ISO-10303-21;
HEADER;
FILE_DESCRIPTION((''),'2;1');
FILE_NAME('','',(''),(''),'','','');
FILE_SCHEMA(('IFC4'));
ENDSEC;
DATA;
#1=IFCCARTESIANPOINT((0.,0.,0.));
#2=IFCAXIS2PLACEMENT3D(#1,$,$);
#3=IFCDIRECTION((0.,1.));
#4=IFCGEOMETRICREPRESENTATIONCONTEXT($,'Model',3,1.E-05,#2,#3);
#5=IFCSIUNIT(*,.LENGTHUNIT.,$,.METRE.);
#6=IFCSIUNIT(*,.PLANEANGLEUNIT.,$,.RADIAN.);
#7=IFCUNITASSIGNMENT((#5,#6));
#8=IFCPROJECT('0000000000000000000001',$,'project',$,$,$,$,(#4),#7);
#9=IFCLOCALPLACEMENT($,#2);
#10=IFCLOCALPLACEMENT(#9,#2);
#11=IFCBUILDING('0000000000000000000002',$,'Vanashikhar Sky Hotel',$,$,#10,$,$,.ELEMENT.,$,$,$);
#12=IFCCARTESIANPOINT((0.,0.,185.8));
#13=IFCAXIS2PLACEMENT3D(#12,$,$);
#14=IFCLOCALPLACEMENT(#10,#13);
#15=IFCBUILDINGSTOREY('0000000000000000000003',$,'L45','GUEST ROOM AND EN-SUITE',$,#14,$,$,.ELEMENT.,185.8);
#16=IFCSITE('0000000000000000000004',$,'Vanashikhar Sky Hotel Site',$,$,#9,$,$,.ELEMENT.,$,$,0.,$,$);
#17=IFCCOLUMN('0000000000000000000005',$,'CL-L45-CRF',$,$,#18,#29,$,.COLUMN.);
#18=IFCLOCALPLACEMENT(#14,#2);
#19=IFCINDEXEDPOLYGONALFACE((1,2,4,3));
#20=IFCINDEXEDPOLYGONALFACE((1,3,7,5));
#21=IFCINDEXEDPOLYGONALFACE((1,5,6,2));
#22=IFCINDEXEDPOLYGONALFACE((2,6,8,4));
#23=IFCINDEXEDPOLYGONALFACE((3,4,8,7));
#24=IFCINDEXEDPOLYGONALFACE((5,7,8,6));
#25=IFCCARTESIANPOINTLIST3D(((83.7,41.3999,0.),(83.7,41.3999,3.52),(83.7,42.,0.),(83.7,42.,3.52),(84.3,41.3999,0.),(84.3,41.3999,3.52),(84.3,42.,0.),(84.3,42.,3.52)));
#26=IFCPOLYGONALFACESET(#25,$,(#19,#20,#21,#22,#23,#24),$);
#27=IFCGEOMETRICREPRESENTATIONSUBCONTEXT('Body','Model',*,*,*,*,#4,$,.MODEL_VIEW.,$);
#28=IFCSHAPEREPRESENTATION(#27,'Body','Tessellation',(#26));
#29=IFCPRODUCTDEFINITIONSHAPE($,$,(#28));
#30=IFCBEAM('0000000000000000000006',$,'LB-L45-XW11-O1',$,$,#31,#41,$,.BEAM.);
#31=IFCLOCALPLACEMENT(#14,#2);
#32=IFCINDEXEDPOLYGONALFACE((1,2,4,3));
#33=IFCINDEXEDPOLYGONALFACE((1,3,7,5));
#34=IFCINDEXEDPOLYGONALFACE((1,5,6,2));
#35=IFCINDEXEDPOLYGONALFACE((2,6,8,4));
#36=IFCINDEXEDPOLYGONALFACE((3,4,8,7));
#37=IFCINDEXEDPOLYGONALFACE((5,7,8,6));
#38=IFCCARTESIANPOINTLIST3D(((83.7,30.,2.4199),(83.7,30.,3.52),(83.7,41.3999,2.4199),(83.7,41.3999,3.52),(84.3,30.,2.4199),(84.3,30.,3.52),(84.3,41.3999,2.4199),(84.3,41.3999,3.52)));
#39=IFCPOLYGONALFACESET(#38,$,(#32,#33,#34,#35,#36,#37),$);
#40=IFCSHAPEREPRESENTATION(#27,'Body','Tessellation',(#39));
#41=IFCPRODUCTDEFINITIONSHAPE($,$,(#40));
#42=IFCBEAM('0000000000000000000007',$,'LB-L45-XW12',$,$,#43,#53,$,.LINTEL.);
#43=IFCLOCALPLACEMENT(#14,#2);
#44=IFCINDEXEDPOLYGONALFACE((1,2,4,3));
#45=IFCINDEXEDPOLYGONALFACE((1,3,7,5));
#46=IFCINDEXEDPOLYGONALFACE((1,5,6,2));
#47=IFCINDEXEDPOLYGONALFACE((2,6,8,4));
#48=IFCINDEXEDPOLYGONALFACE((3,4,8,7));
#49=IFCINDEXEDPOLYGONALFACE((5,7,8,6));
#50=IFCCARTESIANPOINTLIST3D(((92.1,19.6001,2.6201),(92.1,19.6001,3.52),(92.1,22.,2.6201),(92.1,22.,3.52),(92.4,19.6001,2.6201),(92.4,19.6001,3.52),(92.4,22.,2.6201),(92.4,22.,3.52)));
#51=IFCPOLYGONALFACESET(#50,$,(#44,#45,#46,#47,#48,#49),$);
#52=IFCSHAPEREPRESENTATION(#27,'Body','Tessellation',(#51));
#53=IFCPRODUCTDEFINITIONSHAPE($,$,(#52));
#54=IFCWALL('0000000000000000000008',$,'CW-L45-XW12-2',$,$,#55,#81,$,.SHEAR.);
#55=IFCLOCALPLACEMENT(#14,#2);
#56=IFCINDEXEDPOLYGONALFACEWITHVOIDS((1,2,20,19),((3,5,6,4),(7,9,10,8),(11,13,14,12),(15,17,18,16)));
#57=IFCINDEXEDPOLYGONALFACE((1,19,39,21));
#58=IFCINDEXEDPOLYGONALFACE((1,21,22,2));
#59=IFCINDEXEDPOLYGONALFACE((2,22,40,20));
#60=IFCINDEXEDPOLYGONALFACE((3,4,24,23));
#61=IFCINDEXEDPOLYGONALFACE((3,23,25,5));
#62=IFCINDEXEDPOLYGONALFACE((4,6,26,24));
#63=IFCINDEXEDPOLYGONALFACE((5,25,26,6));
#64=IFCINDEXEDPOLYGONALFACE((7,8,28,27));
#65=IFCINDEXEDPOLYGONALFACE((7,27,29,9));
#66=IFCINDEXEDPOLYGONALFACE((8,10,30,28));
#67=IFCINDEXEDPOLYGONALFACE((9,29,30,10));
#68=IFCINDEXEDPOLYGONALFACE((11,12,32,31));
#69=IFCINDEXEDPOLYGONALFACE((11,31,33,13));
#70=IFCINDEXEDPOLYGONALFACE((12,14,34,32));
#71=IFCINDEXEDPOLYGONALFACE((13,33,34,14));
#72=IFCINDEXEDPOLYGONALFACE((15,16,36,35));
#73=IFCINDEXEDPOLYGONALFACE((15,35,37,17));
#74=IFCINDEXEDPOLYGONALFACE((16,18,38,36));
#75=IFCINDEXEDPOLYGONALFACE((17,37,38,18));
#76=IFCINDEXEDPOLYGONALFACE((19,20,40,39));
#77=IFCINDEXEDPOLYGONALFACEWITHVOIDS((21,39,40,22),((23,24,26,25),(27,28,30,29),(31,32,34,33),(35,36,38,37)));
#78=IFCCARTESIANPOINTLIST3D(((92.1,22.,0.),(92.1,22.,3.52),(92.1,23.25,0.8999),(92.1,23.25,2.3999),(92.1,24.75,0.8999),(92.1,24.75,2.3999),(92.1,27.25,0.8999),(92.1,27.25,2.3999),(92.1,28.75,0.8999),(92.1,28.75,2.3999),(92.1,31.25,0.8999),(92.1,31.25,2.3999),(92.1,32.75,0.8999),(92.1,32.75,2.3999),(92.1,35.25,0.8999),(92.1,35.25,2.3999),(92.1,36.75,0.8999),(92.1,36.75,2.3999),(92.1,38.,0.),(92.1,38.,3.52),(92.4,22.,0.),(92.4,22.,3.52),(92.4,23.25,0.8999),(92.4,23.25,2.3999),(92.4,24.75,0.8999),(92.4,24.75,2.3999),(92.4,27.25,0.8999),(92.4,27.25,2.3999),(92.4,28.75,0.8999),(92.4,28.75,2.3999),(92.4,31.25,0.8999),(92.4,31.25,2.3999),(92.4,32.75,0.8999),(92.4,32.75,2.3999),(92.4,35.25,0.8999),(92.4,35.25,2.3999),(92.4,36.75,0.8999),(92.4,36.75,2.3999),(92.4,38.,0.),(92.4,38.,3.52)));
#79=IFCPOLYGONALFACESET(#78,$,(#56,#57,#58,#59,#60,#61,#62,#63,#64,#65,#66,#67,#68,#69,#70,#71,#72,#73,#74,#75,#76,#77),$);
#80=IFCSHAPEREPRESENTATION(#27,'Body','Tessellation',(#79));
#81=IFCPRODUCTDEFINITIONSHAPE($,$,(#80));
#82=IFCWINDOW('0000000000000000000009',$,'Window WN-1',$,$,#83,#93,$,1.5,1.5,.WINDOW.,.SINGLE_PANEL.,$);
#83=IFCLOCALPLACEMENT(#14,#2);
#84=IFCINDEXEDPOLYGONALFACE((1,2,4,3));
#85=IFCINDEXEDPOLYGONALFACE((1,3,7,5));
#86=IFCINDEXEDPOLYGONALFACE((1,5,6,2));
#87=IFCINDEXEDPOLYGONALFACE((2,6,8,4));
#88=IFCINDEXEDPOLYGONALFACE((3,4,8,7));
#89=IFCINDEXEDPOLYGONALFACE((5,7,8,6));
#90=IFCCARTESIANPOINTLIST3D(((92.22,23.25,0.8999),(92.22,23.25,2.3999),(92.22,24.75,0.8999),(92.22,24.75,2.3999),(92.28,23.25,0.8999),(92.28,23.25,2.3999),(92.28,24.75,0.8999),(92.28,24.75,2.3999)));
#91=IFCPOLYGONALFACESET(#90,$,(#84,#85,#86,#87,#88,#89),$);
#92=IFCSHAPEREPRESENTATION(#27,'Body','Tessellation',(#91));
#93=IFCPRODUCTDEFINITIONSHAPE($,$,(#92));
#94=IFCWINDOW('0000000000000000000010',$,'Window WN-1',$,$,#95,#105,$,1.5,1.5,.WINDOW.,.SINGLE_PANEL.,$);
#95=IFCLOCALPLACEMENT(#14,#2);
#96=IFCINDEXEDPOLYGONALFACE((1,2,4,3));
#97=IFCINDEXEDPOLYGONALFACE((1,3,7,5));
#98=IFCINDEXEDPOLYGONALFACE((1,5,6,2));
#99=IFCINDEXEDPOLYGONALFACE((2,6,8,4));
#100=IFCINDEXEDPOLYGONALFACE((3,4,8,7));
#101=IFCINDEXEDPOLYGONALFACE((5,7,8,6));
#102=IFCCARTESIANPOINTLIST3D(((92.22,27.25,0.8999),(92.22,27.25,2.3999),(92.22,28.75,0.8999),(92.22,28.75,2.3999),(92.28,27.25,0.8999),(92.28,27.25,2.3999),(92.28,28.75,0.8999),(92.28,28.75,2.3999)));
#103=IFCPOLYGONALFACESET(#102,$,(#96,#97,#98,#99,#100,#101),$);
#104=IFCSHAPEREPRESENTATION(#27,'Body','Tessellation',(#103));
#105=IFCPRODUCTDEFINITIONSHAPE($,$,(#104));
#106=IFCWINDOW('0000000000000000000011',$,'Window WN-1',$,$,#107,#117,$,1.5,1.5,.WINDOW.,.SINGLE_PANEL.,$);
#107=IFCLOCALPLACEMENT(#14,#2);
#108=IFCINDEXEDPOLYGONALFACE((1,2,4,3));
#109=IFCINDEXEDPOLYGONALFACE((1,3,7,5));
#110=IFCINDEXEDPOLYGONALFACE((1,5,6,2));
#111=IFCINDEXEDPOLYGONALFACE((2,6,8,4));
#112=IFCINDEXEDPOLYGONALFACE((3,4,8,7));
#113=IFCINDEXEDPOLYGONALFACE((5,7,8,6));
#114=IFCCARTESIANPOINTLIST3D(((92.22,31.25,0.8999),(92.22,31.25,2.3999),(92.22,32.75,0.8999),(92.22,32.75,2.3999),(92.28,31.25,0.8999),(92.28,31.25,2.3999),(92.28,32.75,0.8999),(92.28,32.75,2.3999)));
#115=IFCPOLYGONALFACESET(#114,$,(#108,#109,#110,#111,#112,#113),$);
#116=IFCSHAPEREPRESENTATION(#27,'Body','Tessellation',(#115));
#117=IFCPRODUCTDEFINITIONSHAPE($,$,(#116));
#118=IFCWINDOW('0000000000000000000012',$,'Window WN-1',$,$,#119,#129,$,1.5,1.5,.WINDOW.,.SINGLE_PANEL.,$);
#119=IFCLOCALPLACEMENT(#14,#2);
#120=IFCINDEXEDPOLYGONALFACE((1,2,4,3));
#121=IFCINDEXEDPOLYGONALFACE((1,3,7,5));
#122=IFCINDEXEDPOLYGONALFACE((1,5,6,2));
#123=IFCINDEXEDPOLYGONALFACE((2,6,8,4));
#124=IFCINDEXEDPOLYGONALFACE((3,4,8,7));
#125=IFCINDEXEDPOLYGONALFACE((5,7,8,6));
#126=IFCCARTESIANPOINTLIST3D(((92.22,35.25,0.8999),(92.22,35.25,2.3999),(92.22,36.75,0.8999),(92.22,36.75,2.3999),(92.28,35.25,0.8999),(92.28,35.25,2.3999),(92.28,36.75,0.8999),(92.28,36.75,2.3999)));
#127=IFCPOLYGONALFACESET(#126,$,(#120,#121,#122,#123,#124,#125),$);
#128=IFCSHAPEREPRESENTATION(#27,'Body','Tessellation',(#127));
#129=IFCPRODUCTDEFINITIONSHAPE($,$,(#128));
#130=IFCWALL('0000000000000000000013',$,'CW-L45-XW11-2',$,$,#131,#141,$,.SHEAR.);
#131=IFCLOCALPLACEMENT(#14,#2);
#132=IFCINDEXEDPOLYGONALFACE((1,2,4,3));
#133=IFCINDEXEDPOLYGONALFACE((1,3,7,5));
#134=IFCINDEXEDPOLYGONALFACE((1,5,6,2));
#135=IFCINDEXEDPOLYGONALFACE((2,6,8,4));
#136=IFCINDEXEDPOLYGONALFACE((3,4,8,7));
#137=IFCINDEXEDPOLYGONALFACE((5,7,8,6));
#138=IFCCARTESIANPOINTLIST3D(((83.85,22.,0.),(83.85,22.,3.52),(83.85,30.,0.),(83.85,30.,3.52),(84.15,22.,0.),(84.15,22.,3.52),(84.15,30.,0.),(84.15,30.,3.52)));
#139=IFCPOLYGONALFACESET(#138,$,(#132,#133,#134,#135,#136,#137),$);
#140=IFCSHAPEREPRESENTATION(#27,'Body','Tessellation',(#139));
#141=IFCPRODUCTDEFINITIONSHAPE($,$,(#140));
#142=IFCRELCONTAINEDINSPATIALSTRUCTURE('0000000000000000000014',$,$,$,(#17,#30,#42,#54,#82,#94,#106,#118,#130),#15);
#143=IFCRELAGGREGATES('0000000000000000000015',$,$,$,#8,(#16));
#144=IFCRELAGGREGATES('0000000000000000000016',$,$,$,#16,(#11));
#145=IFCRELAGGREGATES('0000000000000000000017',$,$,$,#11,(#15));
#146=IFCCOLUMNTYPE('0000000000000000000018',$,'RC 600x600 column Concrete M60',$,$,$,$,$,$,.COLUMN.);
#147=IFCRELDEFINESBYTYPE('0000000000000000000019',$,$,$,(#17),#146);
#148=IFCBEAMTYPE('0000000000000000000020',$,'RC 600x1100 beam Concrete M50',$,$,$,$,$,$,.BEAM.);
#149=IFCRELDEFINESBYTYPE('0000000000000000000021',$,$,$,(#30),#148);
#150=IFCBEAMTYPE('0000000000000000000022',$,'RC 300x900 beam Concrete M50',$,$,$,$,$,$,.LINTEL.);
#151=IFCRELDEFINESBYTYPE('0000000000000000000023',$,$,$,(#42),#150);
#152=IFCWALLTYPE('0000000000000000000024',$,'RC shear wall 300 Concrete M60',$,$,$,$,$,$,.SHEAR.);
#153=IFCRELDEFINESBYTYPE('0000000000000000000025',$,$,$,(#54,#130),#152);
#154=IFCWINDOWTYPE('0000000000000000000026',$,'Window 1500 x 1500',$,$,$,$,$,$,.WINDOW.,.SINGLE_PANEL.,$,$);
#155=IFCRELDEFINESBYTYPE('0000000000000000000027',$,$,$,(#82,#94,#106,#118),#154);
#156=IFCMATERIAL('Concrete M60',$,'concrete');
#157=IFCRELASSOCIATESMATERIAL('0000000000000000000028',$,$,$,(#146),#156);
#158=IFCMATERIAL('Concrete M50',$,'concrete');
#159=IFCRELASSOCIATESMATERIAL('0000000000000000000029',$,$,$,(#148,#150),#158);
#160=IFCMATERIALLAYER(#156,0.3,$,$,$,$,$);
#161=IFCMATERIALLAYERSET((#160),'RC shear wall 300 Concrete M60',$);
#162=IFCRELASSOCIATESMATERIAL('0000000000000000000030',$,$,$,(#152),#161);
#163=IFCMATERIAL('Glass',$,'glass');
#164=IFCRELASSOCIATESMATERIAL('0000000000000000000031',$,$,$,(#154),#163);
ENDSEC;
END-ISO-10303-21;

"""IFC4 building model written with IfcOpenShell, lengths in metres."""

from ifc_helpers import new_model, si_unit, direction, frame, frame_2d, origin, origin_2d, place, context, subcontext, project, spatial, rectangle, extrude, source, transform, mapped, material, layer, layer_set, material_profile, profile_set, type_object, element, fill, save


model = new_model("IFC4")

# Units and contexts
model_context = context("Model", 3, precision=1e-05, world=origin(), true_north=direction((0.0, 1.0)))
body_context = subcontext(model_context, "Body", "Model", "MODEL_VIEW")
ifc_project = project(units=[si_unit("LENGTHUNIT", "METRE"), si_unit("PLANEANGLEUNIT", "RADIAN")], contexts=[model_context])

# Site, building, storey
site_placement = place(None, origin())
site = spatial("IfcSite", under=ifc_project, at=site_placement, Name="Vanashikhar Sky Hotel Site", CompositionType="ELEMENT", RefElevation=0.0)
building_placement = place(site_placement, origin())
building = spatial("IfcBuilding", under=site, at=building_placement, Name="Vanashikhar Sky Hotel", CompositionType="ELEMENT")
storey_placement = place(building_placement, frame((0.0, 0.0, 185.8)))
storey = spatial("IfcBuildingStorey", under=building, at=storey_placement, Name="L45", Description="GUEST ROOM AND EN-SUITE", CompositionType="ELEMENT", Elevation=185.8)

# Column
ifc_material_1 = material(Name="Concrete M60", Category="concrete")
ifc_material_profile_1 = material_profile(ifc_material_1, rectangle(XDim=0.6001, YDim=0.6001, at=origin_2d()))
ifc_profile_set_1 = profile_set([ifc_material_profile_1], Name="RC 600x600 column Concrete M60")
column_type = type_object("IfcColumnType", Name="RC 600x600 column Concrete M60", PredefinedType="COLUMN", material=ifc_profile_set_1)
shared_shape_1 = source(origin(), body_context, "Body", "SweptSolid", [
    extrude(rectangle(XDim=0.6001, YDim=0.6001, at=origin_2d()), origin(), (0.0, 0.0, 1.0), 3.52),
])
column_placement = place(storey_placement, frame((84.0, 41.7, 0.0), z_axis=(0.0, 0.0, 1.0), x_axis=(1.0, 0.0, 0.0)))
element("IfcColumn", 1, at=column_placement, inside=storey, type_object=column_type, Name="CL-L45-CRF", PredefinedType="COLUMN", context=body_context, shape_type="MappedRepresentation", body=[
    mapped(shared_shape_1, transform((0.0, 0.0, 0.0), scale=1.0)),
])

# Beams
ifc_material_2 = material(Name="Concrete M50", Category="concrete")
ifc_material_profile_2 = material_profile(ifc_material_2, rectangle(XDim=0.6001, YDim=1.1001, at=origin_2d()))
ifc_profile_set_2 = profile_set([ifc_material_profile_2], Name="RC 600x1100 beam Concrete M50")
beam_type_1 = type_object("IfcBeamType", Name="RC 600x1100 beam Concrete M50", PredefinedType="BEAM", material=ifc_profile_set_2)
shared_shape_2 = source(origin(), body_context, "Body", "SweptSolid", [
    extrude(rectangle(XDim=0.6001, YDim=1.1001, at=origin_2d()), origin(), (0.0, 0.0, 1.0), 11.3999),
])
beam_1_placement = place(storey_placement, frame((84.0, 30.0, 2.97), z_axis=(0.0, 1.0, 0.0), x_axis=(-1.0, 0.0, 0.0)))
element("IfcBeam", 2, at=beam_1_placement, inside=storey, type_object=beam_type_1, Name="LB-L45-XW11-O1", PredefinedType="BEAM", context=body_context, shape_type="MappedRepresentation", body=[
    mapped(shared_shape_2, transform((0.0, 0.0, 0.0), scale=1.0)),
])
ifc_material_profile_3 = material_profile(ifc_material_2, rectangle(XDim=0.3, YDim=0.8999, at=origin_2d()))
ifc_profile_set_3 = profile_set([ifc_material_profile_3], Name="RC 300x900 beam Concrete M50")
beam_type_2 = type_object("IfcBeamType", Name="RC 300x900 beam Concrete M50", PredefinedType="LINTEL", material=ifc_profile_set_3)
shared_shape_3 = source(origin(), body_context, "Body", "SweptSolid", [
    extrude(rectangle(XDim=0.3, YDim=0.8999, at=origin_2d()), origin(), (0.0, 0.0, 1.0), 2.3999),
])
beam_2_placement = place(storey_placement, frame((92.25, 19.6001, 3.0701), z_axis=(0.0, 1.0, 0.0), x_axis=(-1.0, 0.0, 0.0)))
element("IfcBeam", 3, at=beam_2_placement, inside=storey, type_object=beam_type_2, Name="LB-L45-XW12", PredefinedType="LINTEL", context=body_context, shape_type="MappedRepresentation", body=[
    mapped(shared_shape_3, transform((0.0, 0.0, 0.0), scale=1.0)),
])

# Wall, openings, windows
ifc_layer_1 = layer(ifc_material_1, 0.3)
ifc_layer_set_1 = layer_set([ifc_layer_1], Name="RC shear wall 300 Concrete M60")
wall_type_1 = type_object("IfcWallType", Name="RC shear wall 300 Concrete M60", PredefinedType="SHEAR", material=ifc_layer_set_1)
shared_shape_4 = source(origin(), body_context, "Body", "SweptSolid", [
    extrude(rectangle(XDim=16.0, YDim=0.3, at=frame_2d((8.0, 0.0))), origin(), (0.0, 0.0, 1.0), 3.52),
])
wall_1_placement = place(storey_placement, frame((92.25, 22.0, 0.0), z_axis=(0.0, 0.0, 1.0), x_axis=(0.0, 1.0, 0.0)))
wall_1 = element("IfcWall", 4, at=wall_1_placement, inside=storey, type_object=wall_type_1, Name="CW-L45-XW12-2", PredefinedType="SHEAR", context=body_context, shape_type="MappedRepresentation", body=[
    mapped(shared_shape_4, transform((0.0, 0.0, 0.0), scale=1.0)),
])
shared_shape_5 = source(origin(), body_context, "Body", "SweptSolid", [
    extrude(rectangle(XDim=1.5, YDim=1.5, at=frame_2d((0.75, 0.75))), frame((0.0, 0.1602, 0.0), z_axis=(0.0, -1.0, 0.0), x_axis=(1.0, 0.0, 0.0)), (0.0, 0.0, 1.0), 0.3201),
])
opening_1_placement = place(wall_1_placement, frame((1.25, 0.0, 0.8999)))
opening_1 = element("IfcOpeningElement", 5, at=opening_1_placement, cuts=wall_1, PredefinedType="OPENING", context=body_context, shape_type="MappedRepresentation", body=[
    mapped(shared_shape_5, transform((0.0, 0.0, 0.0), scale=1.0)),
])
opening_2_placement = place(wall_1_placement, frame((5.25, 0.0, 0.8999)))
opening_2 = element("IfcOpeningElement", 6, at=opening_2_placement, cuts=wall_1, PredefinedType="OPENING", context=body_context, shape_type="MappedRepresentation", body=[
    mapped(shared_shape_5, transform((0.0, 0.0, 0.0), scale=1.0)),
])
opening_3_placement = place(wall_1_placement, frame((9.25, 0.0, 0.8999)))
opening_3 = element("IfcOpeningElement", 7, at=opening_3_placement, cuts=wall_1, PredefinedType="OPENING", context=body_context, shape_type="MappedRepresentation", body=[
    mapped(shared_shape_5, transform((0.0, 0.0, 0.0), scale=1.0)),
])
opening_4_placement = place(wall_1_placement, frame((13.25, 0.0, 0.8999)))
opening_4 = element("IfcOpeningElement", 8, at=opening_4_placement, cuts=wall_1, PredefinedType="OPENING", context=body_context, shape_type="MappedRepresentation", body=[
    mapped(shared_shape_5, transform((0.0, 0.0, 0.0), scale=1.0)),
])
ifc_material_3 = material(Name="Glass", Category="glass")
window_type_1 = type_object("IfcWindowType", Name="Window 1500 x 1500", PartitioningType="SINGLE_PANEL", PredefinedType="WINDOW", material=ifc_material_3)
shared_shape_6 = source(origin(), body_context, "Body", "SweptSolid", [
    extrude(rectangle(XDim=1.5, YDim=1.5, at=frame_2d((0.75, 0.75))), frame((0.0, 0.03, 0.0), z_axis=(0.0, -1.0, 0.0), x_axis=(1.0, 0.0, 0.0)), (0.0, 0.0, 1.0), 0.0601),
])
window_1_placement = place(opening_1_placement, origin())
window_1 = element("IfcWindow", 9, at=window_1_placement, inside=storey, type_object=window_type_1, Name="Window WN-1", OverallHeight=1.5, OverallWidth=1.5, PartitioningType="SINGLE_PANEL", PredefinedType="WINDOW", context=body_context, shape_type="MappedRepresentation", body=[
    mapped(shared_shape_6, transform((0.0, 0.0, 0.0), scale=1.0)),
])
fill(opening_1, window_1)
window_2_placement = place(opening_2_placement, origin())
window_2 = element("IfcWindow", 10, at=window_2_placement, inside=storey, type_object=window_type_1, Name="Window WN-1", OverallHeight=1.5, OverallWidth=1.5, PartitioningType="SINGLE_PANEL", PredefinedType="WINDOW", context=body_context, shape_type="MappedRepresentation", body=[
    mapped(shared_shape_6, transform((0.0, 0.0, 0.0), scale=1.0)),
])
fill(opening_2, window_2)
window_3_placement = place(opening_3_placement, origin())
window_3 = element("IfcWindow", 11, at=window_3_placement, inside=storey, type_object=window_type_1, Name="Window WN-1", OverallHeight=1.5, OverallWidth=1.5, PartitioningType="SINGLE_PANEL", PredefinedType="WINDOW", context=body_context, shape_type="MappedRepresentation", body=[
    mapped(shared_shape_6, transform((0.0, 0.0, 0.0), scale=1.0)),
])
fill(opening_3, window_3)
window_4_placement = place(opening_4_placement, origin())
window_4 = element("IfcWindow", 12, at=window_4_placement, inside=storey, type_object=window_type_1, Name="Window WN-1", OverallHeight=1.5, OverallWidth=1.5, PartitioningType="SINGLE_PANEL", PredefinedType="WINDOW", context=body_context, shape_type="MappedRepresentation", body=[
    mapped(shared_shape_6, transform((0.0, 0.0, 0.0), scale=1.0)),
])
fill(opening_4, window_4)

# Wall
shared_shape_7 = source(origin(), body_context, "Body", "SweptSolid", [
    extrude(rectangle(XDim=8.0, YDim=0.3, at=frame_2d((4.0, 0.0))), origin(), (0.0, 0.0, 1.0), 3.52),
])
wall_2_placement = place(storey_placement, frame((84.0, 22.0, 0.0), z_axis=(0.0, 0.0, 1.0), x_axis=(0.0, 1.0, 0.0)))
element("IfcWall", 13, at=wall_2_placement, inside=storey, type_object=wall_type_1, Name="CW-L45-XW11-2", PredefinedType="SHEAR", context=body_context, shape_type="MappedRepresentation", body=[
    mapped(shared_shape_7, transform((0.0, 0.0, 0.0), scale=1.0)),
])

save(model, "model.ifc")
